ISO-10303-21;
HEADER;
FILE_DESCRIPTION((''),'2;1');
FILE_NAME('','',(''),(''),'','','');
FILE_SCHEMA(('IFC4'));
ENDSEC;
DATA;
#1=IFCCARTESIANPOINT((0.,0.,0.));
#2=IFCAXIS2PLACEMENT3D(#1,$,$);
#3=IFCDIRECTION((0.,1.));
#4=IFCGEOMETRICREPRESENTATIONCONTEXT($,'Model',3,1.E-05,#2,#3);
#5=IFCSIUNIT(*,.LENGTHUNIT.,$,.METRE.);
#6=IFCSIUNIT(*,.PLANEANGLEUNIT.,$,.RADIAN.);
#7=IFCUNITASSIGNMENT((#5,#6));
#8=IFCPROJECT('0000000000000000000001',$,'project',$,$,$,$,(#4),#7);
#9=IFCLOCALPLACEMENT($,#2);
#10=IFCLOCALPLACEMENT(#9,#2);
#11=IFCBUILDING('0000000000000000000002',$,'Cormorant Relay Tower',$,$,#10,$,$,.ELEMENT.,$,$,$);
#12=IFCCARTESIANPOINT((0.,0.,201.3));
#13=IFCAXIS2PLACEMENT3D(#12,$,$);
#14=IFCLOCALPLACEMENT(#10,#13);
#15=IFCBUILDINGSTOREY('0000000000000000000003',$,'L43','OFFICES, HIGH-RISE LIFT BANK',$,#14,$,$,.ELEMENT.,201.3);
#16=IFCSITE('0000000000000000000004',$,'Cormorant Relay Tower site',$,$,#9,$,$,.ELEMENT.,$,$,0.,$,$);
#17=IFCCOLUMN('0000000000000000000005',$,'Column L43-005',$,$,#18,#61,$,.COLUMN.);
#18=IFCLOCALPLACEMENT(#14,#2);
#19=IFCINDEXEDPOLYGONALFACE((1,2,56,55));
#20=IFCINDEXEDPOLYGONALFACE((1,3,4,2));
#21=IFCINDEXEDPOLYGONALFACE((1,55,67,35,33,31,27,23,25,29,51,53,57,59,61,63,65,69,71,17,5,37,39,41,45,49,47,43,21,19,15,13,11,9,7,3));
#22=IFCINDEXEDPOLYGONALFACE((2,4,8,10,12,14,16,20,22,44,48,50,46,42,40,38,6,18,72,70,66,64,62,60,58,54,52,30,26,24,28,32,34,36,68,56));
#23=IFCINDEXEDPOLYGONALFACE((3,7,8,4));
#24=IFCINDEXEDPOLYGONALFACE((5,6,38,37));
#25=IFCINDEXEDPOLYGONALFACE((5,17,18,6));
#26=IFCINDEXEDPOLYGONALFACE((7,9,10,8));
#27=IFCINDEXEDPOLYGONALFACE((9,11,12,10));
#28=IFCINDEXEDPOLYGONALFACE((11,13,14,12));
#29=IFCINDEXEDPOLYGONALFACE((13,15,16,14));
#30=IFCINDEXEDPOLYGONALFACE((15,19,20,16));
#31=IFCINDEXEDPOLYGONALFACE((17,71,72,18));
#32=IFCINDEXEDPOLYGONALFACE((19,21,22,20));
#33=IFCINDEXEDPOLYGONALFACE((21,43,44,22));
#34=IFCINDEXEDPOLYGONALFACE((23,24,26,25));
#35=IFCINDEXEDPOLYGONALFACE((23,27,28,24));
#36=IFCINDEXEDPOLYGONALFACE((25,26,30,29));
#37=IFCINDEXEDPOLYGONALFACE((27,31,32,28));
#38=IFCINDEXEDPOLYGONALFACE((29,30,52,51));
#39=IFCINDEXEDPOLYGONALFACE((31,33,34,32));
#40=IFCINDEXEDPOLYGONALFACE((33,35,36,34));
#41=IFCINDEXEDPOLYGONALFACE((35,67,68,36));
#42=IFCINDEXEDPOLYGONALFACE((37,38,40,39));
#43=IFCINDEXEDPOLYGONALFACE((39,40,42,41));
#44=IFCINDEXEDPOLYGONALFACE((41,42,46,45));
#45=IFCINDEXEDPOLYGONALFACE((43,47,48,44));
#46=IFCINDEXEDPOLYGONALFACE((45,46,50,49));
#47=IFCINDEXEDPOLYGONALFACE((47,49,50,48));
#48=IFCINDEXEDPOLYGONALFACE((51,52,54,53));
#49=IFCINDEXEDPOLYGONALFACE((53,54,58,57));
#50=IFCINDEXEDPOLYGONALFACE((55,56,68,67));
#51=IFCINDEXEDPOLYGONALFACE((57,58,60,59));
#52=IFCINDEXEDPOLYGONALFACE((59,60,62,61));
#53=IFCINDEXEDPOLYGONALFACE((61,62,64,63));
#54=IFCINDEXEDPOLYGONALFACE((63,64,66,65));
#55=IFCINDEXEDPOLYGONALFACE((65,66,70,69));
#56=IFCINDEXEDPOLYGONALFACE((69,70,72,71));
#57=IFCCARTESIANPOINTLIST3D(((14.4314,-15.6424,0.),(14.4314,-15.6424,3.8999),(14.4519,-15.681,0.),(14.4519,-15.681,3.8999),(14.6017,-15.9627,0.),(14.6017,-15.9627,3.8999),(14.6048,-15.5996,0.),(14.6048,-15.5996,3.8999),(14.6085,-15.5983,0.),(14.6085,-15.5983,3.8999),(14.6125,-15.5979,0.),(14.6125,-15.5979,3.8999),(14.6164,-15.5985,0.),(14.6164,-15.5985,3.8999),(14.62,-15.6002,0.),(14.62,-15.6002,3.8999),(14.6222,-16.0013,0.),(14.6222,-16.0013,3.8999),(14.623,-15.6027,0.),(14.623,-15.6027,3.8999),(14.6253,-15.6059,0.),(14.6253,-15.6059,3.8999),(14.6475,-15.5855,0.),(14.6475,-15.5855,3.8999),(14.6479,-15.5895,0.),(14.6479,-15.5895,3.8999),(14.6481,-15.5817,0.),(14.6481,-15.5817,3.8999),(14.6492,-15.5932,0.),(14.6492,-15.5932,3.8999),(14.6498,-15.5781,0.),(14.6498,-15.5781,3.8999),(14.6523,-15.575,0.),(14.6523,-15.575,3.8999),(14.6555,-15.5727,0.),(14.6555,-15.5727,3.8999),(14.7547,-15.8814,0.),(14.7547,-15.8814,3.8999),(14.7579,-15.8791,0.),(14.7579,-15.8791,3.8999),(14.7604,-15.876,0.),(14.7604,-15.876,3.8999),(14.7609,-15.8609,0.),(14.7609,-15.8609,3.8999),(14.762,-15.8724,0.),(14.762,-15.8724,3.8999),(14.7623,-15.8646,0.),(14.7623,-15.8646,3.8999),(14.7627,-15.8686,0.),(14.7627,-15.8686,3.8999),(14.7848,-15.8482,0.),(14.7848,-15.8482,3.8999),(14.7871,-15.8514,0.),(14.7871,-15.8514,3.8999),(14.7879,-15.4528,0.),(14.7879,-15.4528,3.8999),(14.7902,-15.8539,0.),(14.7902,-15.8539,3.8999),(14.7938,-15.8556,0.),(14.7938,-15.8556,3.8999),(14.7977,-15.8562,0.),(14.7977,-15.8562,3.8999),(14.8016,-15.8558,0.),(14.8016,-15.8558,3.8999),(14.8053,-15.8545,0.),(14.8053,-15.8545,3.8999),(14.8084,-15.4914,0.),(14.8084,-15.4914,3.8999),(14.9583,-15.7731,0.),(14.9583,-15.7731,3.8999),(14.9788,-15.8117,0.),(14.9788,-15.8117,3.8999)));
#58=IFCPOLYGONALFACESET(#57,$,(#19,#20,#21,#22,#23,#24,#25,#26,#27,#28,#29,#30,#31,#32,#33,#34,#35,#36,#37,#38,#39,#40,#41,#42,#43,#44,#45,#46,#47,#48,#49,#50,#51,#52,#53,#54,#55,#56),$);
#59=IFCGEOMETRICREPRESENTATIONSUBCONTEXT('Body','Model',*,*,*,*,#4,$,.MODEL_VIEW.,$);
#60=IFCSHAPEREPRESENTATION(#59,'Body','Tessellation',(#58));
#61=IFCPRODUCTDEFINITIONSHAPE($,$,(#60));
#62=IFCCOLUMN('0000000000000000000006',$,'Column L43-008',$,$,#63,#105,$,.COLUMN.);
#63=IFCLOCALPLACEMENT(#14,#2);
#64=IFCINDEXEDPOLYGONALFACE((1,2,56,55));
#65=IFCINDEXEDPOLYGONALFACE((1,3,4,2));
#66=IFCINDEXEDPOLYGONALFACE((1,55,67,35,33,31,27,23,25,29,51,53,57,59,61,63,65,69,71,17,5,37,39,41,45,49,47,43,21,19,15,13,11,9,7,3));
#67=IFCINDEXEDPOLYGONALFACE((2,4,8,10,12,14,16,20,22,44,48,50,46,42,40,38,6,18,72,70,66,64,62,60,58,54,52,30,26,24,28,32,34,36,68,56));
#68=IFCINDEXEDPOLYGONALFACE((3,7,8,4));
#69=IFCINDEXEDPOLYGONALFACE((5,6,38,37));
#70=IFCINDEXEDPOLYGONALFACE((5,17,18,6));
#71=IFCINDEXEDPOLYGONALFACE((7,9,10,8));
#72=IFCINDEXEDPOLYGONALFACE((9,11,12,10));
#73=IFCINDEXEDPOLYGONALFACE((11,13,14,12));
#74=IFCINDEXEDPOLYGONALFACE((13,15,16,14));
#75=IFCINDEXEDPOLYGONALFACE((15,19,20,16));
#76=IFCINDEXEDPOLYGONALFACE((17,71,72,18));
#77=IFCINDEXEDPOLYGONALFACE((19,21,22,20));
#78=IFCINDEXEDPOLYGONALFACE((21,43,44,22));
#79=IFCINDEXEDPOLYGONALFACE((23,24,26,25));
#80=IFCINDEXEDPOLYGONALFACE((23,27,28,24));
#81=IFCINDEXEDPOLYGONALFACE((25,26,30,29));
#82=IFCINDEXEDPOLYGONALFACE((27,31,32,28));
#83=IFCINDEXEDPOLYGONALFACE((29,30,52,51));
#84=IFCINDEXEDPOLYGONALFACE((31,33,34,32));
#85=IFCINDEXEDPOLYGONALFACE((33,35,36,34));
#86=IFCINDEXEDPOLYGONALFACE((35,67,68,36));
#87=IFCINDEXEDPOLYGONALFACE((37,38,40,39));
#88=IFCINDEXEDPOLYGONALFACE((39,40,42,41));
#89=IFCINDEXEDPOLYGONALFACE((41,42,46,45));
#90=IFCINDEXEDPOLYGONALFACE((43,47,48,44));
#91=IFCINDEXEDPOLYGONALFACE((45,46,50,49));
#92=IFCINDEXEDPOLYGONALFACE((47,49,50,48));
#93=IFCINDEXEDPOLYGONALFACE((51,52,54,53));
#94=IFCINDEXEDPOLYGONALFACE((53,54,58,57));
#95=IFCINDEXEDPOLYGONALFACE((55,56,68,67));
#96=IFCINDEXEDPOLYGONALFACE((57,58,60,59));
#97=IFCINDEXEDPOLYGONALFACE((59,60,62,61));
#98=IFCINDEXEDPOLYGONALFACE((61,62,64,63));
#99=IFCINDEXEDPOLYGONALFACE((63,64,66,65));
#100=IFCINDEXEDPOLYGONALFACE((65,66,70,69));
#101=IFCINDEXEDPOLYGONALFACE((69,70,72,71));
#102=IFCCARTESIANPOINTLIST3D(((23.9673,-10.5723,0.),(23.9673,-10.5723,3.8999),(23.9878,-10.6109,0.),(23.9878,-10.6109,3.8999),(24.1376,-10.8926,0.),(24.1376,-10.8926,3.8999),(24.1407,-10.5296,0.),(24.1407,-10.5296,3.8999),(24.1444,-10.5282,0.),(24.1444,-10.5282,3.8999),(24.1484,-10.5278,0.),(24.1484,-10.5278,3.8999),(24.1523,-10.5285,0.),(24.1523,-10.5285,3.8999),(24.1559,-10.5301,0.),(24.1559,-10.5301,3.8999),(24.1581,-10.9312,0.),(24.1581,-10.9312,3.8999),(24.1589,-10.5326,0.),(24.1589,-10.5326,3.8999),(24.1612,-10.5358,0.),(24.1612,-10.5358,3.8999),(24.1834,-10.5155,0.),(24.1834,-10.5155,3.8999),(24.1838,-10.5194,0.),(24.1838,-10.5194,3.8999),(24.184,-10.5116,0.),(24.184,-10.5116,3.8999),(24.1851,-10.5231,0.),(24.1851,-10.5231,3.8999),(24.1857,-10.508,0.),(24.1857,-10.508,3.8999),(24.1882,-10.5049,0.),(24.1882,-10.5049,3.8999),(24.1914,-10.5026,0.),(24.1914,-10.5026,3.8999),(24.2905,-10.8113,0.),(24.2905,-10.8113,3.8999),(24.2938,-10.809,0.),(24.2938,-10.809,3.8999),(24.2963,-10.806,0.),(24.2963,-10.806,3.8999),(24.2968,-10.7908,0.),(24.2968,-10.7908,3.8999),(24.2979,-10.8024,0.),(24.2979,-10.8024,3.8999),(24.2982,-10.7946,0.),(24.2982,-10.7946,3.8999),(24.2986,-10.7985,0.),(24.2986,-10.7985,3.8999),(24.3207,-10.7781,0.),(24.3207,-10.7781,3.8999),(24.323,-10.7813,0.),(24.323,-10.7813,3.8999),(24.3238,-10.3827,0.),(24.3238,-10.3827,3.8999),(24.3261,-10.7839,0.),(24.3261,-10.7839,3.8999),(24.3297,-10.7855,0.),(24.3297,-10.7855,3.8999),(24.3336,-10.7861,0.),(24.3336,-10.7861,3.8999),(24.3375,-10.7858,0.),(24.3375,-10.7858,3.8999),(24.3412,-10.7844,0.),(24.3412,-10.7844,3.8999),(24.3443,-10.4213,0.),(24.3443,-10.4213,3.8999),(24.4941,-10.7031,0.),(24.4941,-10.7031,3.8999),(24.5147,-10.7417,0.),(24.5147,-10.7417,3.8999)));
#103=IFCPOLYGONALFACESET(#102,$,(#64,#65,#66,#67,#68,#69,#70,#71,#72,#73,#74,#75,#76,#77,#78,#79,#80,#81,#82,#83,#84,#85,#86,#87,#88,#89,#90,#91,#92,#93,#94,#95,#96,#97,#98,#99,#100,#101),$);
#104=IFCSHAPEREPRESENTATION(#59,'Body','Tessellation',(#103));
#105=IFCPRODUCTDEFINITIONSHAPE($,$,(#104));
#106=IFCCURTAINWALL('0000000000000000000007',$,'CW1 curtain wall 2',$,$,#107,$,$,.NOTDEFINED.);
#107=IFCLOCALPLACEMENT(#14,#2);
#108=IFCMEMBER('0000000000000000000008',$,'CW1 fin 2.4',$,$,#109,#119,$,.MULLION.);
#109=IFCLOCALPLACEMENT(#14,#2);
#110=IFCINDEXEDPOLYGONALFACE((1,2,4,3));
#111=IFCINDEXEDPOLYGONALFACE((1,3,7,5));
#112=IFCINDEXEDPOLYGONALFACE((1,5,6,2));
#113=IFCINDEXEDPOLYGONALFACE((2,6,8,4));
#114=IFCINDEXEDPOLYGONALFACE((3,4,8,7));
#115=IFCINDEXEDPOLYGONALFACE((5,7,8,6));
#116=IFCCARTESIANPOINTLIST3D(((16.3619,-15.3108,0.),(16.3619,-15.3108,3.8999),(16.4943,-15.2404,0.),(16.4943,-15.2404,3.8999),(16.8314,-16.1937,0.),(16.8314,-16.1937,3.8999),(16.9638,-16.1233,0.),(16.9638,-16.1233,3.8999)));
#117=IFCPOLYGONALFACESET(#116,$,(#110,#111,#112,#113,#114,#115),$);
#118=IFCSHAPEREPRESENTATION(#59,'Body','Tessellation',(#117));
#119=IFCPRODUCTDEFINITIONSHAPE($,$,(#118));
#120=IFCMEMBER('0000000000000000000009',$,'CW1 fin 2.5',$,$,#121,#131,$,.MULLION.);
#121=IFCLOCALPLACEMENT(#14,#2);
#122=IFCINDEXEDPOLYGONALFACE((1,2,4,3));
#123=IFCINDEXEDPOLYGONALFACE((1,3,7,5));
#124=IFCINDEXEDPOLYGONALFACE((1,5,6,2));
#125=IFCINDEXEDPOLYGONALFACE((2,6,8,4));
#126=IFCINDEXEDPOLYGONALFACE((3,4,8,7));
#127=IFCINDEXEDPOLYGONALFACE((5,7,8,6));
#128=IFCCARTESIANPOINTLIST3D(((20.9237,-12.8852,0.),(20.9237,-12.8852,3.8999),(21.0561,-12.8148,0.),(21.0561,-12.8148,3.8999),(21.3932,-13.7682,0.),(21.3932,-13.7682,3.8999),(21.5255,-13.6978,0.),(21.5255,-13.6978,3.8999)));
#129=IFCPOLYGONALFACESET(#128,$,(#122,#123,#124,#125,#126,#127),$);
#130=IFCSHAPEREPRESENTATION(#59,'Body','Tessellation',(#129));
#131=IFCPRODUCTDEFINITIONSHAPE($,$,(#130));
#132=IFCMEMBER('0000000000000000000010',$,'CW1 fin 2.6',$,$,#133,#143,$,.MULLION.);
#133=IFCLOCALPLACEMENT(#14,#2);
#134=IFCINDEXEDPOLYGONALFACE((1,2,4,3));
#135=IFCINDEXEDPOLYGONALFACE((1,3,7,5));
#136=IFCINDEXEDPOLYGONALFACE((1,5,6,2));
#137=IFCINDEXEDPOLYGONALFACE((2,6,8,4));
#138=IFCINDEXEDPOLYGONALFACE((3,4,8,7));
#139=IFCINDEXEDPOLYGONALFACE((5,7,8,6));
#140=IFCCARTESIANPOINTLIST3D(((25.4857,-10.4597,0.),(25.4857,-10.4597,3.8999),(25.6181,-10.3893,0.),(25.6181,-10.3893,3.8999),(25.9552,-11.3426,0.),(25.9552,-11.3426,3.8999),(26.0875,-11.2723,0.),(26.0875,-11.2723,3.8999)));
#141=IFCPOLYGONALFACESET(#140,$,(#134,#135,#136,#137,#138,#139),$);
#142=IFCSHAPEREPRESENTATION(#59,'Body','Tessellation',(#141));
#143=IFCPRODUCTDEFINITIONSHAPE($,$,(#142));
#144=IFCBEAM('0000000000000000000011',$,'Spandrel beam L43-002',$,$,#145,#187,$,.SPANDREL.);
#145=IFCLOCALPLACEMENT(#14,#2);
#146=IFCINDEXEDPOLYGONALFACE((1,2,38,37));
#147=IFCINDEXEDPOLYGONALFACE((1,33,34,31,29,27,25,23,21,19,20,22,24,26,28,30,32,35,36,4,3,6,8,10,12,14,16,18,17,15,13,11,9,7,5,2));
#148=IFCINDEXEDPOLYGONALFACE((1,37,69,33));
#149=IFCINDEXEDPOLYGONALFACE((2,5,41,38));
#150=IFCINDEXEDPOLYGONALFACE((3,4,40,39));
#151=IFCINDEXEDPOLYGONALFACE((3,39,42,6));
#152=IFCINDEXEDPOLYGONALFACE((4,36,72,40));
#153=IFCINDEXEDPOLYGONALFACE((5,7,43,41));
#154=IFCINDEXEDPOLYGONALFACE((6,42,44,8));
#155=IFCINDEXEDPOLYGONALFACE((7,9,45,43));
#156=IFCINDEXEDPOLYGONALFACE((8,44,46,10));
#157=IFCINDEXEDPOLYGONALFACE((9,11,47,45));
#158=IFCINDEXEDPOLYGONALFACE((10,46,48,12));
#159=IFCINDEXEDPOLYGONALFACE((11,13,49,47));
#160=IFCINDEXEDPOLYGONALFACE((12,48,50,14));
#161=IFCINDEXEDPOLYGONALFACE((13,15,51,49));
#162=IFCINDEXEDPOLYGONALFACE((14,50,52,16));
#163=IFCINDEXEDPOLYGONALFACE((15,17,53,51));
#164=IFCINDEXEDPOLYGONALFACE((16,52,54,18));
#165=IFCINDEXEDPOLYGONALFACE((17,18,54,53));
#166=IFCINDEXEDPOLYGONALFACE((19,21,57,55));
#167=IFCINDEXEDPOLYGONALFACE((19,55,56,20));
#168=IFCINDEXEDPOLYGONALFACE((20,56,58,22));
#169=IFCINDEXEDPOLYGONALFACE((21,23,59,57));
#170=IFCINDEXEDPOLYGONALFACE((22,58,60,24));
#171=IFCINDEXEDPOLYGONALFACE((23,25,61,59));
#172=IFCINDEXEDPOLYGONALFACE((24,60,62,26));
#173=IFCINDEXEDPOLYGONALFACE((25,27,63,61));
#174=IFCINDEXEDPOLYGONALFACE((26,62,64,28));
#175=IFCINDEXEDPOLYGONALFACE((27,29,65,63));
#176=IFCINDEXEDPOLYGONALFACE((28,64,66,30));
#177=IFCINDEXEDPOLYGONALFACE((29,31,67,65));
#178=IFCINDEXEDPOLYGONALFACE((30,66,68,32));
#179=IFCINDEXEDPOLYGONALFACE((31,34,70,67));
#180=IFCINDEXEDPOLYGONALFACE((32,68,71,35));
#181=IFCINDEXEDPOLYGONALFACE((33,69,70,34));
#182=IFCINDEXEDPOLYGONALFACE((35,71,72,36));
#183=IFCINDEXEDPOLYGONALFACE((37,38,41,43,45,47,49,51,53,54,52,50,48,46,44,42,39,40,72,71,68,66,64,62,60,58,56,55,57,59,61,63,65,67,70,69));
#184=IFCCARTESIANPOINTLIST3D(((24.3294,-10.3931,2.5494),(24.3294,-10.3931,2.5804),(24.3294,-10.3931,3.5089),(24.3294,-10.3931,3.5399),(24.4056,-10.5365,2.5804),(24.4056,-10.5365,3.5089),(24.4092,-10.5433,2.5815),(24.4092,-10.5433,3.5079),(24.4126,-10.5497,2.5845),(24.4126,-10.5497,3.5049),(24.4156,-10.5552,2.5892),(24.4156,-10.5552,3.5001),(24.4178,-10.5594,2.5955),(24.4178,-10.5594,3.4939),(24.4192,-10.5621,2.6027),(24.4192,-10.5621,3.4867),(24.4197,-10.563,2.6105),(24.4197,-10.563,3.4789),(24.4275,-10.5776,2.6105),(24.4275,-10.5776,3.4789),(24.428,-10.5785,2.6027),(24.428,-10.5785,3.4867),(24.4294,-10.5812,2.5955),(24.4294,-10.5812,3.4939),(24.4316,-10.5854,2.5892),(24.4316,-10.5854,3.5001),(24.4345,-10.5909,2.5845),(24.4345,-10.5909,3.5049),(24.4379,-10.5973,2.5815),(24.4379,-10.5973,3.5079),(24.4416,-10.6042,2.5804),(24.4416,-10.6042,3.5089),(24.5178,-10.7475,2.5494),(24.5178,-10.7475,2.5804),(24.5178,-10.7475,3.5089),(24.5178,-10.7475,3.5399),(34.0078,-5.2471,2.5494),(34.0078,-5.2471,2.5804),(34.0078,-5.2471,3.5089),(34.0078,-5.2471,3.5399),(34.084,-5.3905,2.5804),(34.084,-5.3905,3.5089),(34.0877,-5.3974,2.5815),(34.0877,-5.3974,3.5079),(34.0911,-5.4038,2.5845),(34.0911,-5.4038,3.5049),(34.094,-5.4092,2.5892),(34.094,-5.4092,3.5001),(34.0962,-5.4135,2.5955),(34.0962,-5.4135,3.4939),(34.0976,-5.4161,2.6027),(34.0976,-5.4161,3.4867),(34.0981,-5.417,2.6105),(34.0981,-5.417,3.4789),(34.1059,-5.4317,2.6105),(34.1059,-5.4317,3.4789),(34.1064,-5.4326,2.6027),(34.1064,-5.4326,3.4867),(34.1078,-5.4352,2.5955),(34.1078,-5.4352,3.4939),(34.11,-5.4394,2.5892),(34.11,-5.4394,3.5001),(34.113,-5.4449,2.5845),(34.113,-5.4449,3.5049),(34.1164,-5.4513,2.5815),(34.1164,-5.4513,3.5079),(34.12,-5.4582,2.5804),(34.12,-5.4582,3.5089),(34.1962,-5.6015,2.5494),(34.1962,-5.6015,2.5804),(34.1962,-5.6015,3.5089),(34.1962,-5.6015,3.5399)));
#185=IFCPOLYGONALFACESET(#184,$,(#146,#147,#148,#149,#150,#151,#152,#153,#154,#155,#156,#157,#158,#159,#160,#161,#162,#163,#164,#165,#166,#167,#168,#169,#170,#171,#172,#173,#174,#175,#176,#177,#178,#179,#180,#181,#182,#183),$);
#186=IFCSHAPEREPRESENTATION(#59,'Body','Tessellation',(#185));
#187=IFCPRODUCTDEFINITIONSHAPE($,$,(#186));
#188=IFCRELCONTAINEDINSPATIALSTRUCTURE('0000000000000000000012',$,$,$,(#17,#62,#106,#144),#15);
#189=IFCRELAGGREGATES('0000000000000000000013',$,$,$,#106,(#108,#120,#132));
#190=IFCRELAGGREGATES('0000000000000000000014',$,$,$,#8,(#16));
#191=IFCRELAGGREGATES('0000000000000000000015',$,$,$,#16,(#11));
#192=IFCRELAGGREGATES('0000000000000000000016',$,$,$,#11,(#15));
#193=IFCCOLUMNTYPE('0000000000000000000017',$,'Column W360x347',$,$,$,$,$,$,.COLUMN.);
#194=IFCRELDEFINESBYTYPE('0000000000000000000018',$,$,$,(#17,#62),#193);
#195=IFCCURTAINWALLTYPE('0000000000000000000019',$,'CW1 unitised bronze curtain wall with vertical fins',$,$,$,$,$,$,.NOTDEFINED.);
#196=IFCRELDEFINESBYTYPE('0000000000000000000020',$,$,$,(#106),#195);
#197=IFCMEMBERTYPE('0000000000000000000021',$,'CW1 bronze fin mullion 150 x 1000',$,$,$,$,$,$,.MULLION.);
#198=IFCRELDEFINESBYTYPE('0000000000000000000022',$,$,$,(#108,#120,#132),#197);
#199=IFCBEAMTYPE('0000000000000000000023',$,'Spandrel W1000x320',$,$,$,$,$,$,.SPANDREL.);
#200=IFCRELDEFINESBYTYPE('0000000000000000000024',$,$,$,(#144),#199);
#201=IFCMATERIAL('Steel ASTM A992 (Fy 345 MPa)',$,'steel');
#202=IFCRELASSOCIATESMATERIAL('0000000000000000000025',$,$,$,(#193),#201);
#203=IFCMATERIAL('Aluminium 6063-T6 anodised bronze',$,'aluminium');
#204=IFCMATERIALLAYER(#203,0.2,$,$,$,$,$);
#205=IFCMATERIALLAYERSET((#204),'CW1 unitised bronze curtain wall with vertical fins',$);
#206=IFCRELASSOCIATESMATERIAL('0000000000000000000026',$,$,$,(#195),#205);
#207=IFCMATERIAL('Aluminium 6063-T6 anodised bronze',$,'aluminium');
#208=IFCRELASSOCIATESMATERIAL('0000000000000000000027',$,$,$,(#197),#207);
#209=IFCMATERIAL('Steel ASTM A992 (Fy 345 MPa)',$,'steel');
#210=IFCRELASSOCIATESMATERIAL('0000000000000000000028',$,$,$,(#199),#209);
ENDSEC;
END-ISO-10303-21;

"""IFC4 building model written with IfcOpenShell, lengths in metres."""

from ifc_helpers import new_model, si_unit, direction, frame, origin, origin_2d, place, context, subcontext, project, spatial, rectangle, i_section, extrude, material, layer, layer_set, material_profile, profile_set, type_object, element, aggregate, save


model = new_model("IFC4")

# Units and contexts
model_context = context("Model", 3, precision=1e-05, world=origin(), true_north=direction((0.0, 1.0)))
body_context = subcontext(model_context, "Body", "Model", "MODEL_VIEW")
ifc_project = project(units=[si_unit("LENGTHUNIT", "METRE"), si_unit("PLANEANGLEUNIT", "RADIAN")], contexts=[model_context])

# Site, building, storey
site_placement = place(None, origin())
site = spatial("IfcSite", under=ifc_project, at=site_placement, Name="Cormorant Relay Tower site", CompositionType="ELEMENT", RefElevation=0.0)
building_placement = place(site_placement, origin())
building = spatial("IfcBuilding", under=site, at=building_placement, Name="Cormorant Relay Tower", CompositionType="ELEMENT")
storey_placement = place(building_placement, frame((0.0, 0.0, 201.3)))
storey = spatial("IfcBuildingStorey", under=building, at=storey_placement, Name="L43", Description="OFFICES, HIGH-RISE LIFT BANK", CompositionType="ELEMENT", Elevation=201.3)

# Columns
ifc_material_1 = material(Name="Steel ASTM A992 (Fy 345 MPa)", Category="steel")
ifc_material_profile_1 = material_profile(ifc_material_1, i_section(OverallWidth=0.4038, OverallDepth=0.4065, WebThickness=0.0271, FlangeThickness=0.0437, FilletRadius=0.0151, at=origin_2d()), Name="W360x347")
ifc_profile_set_1 = profile_set([ifc_material_profile_1], Name="Steel ASTM A992 (Fy 345 MPa)")
column_type = type_object("IfcColumnType", Name="Column W360x347", PredefinedType="COLUMN", material=ifc_profile_set_1)
for number, where, z_axis, x_axis, name in (
    (1, (14.7051, -15.7271, 0.0), (0.0, 0.0, 1.0), (0.882948, 0.469472, 0.0), "Column L43-005"),
    (2, (24.241, -10.657, 0.0), (0.0, 0.0, 1.0), (0.882948, 0.469472, 0.0), "Column L43-008"),
):
    element("IfcColumn", number, at=place(storey_placement, frame(where, z_axis=z_axis, x_axis=x_axis)), inside=storey, type_object=column_type, Name=name, PredefinedType="COLUMN", context=body_context, shape_type="SweptSolid", body=[
        extrude(i_section(OverallWidth=0.4038, OverallDepth=0.4065, WebThickness=0.0271, FlangeThickness=0.0437, FilletRadius=0.0151, at=origin_2d()), origin(), (0.0, 0.0, 1.0), 3.8999),
    ])

# Curtain wall, members
ifc_material_2 = material(Name="Aluminium 6063-T6 anodised bronze", Category="aluminium")
ifc_layer_1 = layer(ifc_material_2, 0.2)
ifc_layer_set_1 = layer_set([ifc_layer_1], Name="CW1 unitised bronze curtain wall with vertical fins")
curtain_wall_type = type_object("IfcCurtainWallType", Name="CW1 unitised bronze curtain wall with vertical fins", PredefinedType="NOTDEFINED", material=ifc_layer_set_1)
curtain_wall_placement = place(storey_placement, origin())
curtain_wall = element("IfcCurtainWall", 3, at=curtain_wall_placement, inside=storey, type_object=curtain_wall_type, Name="CW1 curtain wall 2", PredefinedType="NOTDEFINED")
ifc_material_3 = material(Name="Aluminium 6063-T6 anodised bronze", Category="aluminium")
ifc_material_profile_2 = material_profile(ifc_material_3, rectangle(XDim=0.1499, YDim=1.0, at=origin_2d()), Name="AL 150x1000")
ifc_profile_set_2 = profile_set([ifc_material_profile_2], Name="Aluminium 6063-T6 anodised bronze")
member_type = type_object("IfcMemberType", Name="CW1 bronze fin mullion 150 x 1000", PredefinedType="MULLION", material=ifc_profile_set_2)
member_1_placement = place(storey_placement, frame((16.6628, -15.717, 0.0), z_axis=(0.0, 0.0, 1.0), x_axis=(0.882948, 0.469472, 0.0)))
member_1 = element("IfcMember", 4, at=member_1_placement, type_object=member_type, Name="CW1 fin 2.4", PredefinedType="MULLION", context=body_context, shape_type="SweptSolid", body=[
    extrude(rectangle(XDim=0.1499, YDim=1.0, at=origin_2d()), origin(), (0.0, 0.0, 1.0), 3.8999),
])
member_2_placement = place(storey_placement, frame((21.2246, -13.2915, 0.0), z_axis=(0.0, 0.0, 1.0), x_axis=(0.882948, 0.469472, 0.0)))
member_2 = element("IfcMember", 5, at=member_2_placement, type_object=member_type, Name="CW1 fin 2.5", PredefinedType="MULLION", context=body_context, shape_type="SweptSolid", body=[
    extrude(rectangle(XDim=0.1499, YDim=1.0, at=origin_2d()), origin(), (0.0, 0.0, 1.0), 3.8999),
])
member_3_placement = place(storey_placement, frame((25.7866, -10.866, 0.0), z_axis=(0.0, 0.0, 1.0), x_axis=(0.882948, 0.469472, 0.0)))
member_3 = element("IfcMember", 6, at=member_3_placement, type_object=member_type, Name="CW1 fin 2.6", PredefinedType="MULLION", context=body_context, shape_type="SweptSolid", body=[
    extrude(rectangle(XDim=0.1499, YDim=1.0, at=origin_2d()), origin(), (0.0, 0.0, 1.0), 3.8999),
])

# Beam
ifc_material_4 = material(Name="Steel ASTM A992 (Fy 345 MPa)", Category="steel")
ifc_material_profile_3 = material_profile(ifc_material_4, i_section(OverallWidth=0.4014, OverallDepth=0.9905, WebThickness=0.0166, FlangeThickness=0.031, FilletRadius=0.03, at=origin_2d()), Name="W1000x320")
ifc_profile_set_3 = profile_set([ifc_material_profile_3], Name="Steel ASTM A992 (Fy 345 MPa)")
beam_type_1 = type_object("IfcBeamType", Name="Spandrel W1000x320", PredefinedType="SPANDREL", material=ifc_profile_set_3)
beam_1_placement = place(storey_placement, frame((24.4236, -10.5703, 3.0447), z_axis=(0.882953, 0.469462, 0.0), x_axis=(-0.469462, 0.882953, 0.0)))
element("IfcBeam", 7, at=beam_1_placement, inside=storey, type_object=beam_type_1, Name="Spandrel beam L43-002", PredefinedType="SPANDREL", context=body_context, shape_type="SweptSolid", body=[
    extrude(i_section(OverallWidth=0.4014, OverallDepth=0.9905, WebThickness=0.0166, FlangeThickness=0.031, FilletRadius=0.03, at=origin_2d()), origin(), (0.0, 0.0, 1.0), 10.9614),
])

aggregate(curtain_wall, [member_1, member_2, member_3])

save(model, "model.ifc")
